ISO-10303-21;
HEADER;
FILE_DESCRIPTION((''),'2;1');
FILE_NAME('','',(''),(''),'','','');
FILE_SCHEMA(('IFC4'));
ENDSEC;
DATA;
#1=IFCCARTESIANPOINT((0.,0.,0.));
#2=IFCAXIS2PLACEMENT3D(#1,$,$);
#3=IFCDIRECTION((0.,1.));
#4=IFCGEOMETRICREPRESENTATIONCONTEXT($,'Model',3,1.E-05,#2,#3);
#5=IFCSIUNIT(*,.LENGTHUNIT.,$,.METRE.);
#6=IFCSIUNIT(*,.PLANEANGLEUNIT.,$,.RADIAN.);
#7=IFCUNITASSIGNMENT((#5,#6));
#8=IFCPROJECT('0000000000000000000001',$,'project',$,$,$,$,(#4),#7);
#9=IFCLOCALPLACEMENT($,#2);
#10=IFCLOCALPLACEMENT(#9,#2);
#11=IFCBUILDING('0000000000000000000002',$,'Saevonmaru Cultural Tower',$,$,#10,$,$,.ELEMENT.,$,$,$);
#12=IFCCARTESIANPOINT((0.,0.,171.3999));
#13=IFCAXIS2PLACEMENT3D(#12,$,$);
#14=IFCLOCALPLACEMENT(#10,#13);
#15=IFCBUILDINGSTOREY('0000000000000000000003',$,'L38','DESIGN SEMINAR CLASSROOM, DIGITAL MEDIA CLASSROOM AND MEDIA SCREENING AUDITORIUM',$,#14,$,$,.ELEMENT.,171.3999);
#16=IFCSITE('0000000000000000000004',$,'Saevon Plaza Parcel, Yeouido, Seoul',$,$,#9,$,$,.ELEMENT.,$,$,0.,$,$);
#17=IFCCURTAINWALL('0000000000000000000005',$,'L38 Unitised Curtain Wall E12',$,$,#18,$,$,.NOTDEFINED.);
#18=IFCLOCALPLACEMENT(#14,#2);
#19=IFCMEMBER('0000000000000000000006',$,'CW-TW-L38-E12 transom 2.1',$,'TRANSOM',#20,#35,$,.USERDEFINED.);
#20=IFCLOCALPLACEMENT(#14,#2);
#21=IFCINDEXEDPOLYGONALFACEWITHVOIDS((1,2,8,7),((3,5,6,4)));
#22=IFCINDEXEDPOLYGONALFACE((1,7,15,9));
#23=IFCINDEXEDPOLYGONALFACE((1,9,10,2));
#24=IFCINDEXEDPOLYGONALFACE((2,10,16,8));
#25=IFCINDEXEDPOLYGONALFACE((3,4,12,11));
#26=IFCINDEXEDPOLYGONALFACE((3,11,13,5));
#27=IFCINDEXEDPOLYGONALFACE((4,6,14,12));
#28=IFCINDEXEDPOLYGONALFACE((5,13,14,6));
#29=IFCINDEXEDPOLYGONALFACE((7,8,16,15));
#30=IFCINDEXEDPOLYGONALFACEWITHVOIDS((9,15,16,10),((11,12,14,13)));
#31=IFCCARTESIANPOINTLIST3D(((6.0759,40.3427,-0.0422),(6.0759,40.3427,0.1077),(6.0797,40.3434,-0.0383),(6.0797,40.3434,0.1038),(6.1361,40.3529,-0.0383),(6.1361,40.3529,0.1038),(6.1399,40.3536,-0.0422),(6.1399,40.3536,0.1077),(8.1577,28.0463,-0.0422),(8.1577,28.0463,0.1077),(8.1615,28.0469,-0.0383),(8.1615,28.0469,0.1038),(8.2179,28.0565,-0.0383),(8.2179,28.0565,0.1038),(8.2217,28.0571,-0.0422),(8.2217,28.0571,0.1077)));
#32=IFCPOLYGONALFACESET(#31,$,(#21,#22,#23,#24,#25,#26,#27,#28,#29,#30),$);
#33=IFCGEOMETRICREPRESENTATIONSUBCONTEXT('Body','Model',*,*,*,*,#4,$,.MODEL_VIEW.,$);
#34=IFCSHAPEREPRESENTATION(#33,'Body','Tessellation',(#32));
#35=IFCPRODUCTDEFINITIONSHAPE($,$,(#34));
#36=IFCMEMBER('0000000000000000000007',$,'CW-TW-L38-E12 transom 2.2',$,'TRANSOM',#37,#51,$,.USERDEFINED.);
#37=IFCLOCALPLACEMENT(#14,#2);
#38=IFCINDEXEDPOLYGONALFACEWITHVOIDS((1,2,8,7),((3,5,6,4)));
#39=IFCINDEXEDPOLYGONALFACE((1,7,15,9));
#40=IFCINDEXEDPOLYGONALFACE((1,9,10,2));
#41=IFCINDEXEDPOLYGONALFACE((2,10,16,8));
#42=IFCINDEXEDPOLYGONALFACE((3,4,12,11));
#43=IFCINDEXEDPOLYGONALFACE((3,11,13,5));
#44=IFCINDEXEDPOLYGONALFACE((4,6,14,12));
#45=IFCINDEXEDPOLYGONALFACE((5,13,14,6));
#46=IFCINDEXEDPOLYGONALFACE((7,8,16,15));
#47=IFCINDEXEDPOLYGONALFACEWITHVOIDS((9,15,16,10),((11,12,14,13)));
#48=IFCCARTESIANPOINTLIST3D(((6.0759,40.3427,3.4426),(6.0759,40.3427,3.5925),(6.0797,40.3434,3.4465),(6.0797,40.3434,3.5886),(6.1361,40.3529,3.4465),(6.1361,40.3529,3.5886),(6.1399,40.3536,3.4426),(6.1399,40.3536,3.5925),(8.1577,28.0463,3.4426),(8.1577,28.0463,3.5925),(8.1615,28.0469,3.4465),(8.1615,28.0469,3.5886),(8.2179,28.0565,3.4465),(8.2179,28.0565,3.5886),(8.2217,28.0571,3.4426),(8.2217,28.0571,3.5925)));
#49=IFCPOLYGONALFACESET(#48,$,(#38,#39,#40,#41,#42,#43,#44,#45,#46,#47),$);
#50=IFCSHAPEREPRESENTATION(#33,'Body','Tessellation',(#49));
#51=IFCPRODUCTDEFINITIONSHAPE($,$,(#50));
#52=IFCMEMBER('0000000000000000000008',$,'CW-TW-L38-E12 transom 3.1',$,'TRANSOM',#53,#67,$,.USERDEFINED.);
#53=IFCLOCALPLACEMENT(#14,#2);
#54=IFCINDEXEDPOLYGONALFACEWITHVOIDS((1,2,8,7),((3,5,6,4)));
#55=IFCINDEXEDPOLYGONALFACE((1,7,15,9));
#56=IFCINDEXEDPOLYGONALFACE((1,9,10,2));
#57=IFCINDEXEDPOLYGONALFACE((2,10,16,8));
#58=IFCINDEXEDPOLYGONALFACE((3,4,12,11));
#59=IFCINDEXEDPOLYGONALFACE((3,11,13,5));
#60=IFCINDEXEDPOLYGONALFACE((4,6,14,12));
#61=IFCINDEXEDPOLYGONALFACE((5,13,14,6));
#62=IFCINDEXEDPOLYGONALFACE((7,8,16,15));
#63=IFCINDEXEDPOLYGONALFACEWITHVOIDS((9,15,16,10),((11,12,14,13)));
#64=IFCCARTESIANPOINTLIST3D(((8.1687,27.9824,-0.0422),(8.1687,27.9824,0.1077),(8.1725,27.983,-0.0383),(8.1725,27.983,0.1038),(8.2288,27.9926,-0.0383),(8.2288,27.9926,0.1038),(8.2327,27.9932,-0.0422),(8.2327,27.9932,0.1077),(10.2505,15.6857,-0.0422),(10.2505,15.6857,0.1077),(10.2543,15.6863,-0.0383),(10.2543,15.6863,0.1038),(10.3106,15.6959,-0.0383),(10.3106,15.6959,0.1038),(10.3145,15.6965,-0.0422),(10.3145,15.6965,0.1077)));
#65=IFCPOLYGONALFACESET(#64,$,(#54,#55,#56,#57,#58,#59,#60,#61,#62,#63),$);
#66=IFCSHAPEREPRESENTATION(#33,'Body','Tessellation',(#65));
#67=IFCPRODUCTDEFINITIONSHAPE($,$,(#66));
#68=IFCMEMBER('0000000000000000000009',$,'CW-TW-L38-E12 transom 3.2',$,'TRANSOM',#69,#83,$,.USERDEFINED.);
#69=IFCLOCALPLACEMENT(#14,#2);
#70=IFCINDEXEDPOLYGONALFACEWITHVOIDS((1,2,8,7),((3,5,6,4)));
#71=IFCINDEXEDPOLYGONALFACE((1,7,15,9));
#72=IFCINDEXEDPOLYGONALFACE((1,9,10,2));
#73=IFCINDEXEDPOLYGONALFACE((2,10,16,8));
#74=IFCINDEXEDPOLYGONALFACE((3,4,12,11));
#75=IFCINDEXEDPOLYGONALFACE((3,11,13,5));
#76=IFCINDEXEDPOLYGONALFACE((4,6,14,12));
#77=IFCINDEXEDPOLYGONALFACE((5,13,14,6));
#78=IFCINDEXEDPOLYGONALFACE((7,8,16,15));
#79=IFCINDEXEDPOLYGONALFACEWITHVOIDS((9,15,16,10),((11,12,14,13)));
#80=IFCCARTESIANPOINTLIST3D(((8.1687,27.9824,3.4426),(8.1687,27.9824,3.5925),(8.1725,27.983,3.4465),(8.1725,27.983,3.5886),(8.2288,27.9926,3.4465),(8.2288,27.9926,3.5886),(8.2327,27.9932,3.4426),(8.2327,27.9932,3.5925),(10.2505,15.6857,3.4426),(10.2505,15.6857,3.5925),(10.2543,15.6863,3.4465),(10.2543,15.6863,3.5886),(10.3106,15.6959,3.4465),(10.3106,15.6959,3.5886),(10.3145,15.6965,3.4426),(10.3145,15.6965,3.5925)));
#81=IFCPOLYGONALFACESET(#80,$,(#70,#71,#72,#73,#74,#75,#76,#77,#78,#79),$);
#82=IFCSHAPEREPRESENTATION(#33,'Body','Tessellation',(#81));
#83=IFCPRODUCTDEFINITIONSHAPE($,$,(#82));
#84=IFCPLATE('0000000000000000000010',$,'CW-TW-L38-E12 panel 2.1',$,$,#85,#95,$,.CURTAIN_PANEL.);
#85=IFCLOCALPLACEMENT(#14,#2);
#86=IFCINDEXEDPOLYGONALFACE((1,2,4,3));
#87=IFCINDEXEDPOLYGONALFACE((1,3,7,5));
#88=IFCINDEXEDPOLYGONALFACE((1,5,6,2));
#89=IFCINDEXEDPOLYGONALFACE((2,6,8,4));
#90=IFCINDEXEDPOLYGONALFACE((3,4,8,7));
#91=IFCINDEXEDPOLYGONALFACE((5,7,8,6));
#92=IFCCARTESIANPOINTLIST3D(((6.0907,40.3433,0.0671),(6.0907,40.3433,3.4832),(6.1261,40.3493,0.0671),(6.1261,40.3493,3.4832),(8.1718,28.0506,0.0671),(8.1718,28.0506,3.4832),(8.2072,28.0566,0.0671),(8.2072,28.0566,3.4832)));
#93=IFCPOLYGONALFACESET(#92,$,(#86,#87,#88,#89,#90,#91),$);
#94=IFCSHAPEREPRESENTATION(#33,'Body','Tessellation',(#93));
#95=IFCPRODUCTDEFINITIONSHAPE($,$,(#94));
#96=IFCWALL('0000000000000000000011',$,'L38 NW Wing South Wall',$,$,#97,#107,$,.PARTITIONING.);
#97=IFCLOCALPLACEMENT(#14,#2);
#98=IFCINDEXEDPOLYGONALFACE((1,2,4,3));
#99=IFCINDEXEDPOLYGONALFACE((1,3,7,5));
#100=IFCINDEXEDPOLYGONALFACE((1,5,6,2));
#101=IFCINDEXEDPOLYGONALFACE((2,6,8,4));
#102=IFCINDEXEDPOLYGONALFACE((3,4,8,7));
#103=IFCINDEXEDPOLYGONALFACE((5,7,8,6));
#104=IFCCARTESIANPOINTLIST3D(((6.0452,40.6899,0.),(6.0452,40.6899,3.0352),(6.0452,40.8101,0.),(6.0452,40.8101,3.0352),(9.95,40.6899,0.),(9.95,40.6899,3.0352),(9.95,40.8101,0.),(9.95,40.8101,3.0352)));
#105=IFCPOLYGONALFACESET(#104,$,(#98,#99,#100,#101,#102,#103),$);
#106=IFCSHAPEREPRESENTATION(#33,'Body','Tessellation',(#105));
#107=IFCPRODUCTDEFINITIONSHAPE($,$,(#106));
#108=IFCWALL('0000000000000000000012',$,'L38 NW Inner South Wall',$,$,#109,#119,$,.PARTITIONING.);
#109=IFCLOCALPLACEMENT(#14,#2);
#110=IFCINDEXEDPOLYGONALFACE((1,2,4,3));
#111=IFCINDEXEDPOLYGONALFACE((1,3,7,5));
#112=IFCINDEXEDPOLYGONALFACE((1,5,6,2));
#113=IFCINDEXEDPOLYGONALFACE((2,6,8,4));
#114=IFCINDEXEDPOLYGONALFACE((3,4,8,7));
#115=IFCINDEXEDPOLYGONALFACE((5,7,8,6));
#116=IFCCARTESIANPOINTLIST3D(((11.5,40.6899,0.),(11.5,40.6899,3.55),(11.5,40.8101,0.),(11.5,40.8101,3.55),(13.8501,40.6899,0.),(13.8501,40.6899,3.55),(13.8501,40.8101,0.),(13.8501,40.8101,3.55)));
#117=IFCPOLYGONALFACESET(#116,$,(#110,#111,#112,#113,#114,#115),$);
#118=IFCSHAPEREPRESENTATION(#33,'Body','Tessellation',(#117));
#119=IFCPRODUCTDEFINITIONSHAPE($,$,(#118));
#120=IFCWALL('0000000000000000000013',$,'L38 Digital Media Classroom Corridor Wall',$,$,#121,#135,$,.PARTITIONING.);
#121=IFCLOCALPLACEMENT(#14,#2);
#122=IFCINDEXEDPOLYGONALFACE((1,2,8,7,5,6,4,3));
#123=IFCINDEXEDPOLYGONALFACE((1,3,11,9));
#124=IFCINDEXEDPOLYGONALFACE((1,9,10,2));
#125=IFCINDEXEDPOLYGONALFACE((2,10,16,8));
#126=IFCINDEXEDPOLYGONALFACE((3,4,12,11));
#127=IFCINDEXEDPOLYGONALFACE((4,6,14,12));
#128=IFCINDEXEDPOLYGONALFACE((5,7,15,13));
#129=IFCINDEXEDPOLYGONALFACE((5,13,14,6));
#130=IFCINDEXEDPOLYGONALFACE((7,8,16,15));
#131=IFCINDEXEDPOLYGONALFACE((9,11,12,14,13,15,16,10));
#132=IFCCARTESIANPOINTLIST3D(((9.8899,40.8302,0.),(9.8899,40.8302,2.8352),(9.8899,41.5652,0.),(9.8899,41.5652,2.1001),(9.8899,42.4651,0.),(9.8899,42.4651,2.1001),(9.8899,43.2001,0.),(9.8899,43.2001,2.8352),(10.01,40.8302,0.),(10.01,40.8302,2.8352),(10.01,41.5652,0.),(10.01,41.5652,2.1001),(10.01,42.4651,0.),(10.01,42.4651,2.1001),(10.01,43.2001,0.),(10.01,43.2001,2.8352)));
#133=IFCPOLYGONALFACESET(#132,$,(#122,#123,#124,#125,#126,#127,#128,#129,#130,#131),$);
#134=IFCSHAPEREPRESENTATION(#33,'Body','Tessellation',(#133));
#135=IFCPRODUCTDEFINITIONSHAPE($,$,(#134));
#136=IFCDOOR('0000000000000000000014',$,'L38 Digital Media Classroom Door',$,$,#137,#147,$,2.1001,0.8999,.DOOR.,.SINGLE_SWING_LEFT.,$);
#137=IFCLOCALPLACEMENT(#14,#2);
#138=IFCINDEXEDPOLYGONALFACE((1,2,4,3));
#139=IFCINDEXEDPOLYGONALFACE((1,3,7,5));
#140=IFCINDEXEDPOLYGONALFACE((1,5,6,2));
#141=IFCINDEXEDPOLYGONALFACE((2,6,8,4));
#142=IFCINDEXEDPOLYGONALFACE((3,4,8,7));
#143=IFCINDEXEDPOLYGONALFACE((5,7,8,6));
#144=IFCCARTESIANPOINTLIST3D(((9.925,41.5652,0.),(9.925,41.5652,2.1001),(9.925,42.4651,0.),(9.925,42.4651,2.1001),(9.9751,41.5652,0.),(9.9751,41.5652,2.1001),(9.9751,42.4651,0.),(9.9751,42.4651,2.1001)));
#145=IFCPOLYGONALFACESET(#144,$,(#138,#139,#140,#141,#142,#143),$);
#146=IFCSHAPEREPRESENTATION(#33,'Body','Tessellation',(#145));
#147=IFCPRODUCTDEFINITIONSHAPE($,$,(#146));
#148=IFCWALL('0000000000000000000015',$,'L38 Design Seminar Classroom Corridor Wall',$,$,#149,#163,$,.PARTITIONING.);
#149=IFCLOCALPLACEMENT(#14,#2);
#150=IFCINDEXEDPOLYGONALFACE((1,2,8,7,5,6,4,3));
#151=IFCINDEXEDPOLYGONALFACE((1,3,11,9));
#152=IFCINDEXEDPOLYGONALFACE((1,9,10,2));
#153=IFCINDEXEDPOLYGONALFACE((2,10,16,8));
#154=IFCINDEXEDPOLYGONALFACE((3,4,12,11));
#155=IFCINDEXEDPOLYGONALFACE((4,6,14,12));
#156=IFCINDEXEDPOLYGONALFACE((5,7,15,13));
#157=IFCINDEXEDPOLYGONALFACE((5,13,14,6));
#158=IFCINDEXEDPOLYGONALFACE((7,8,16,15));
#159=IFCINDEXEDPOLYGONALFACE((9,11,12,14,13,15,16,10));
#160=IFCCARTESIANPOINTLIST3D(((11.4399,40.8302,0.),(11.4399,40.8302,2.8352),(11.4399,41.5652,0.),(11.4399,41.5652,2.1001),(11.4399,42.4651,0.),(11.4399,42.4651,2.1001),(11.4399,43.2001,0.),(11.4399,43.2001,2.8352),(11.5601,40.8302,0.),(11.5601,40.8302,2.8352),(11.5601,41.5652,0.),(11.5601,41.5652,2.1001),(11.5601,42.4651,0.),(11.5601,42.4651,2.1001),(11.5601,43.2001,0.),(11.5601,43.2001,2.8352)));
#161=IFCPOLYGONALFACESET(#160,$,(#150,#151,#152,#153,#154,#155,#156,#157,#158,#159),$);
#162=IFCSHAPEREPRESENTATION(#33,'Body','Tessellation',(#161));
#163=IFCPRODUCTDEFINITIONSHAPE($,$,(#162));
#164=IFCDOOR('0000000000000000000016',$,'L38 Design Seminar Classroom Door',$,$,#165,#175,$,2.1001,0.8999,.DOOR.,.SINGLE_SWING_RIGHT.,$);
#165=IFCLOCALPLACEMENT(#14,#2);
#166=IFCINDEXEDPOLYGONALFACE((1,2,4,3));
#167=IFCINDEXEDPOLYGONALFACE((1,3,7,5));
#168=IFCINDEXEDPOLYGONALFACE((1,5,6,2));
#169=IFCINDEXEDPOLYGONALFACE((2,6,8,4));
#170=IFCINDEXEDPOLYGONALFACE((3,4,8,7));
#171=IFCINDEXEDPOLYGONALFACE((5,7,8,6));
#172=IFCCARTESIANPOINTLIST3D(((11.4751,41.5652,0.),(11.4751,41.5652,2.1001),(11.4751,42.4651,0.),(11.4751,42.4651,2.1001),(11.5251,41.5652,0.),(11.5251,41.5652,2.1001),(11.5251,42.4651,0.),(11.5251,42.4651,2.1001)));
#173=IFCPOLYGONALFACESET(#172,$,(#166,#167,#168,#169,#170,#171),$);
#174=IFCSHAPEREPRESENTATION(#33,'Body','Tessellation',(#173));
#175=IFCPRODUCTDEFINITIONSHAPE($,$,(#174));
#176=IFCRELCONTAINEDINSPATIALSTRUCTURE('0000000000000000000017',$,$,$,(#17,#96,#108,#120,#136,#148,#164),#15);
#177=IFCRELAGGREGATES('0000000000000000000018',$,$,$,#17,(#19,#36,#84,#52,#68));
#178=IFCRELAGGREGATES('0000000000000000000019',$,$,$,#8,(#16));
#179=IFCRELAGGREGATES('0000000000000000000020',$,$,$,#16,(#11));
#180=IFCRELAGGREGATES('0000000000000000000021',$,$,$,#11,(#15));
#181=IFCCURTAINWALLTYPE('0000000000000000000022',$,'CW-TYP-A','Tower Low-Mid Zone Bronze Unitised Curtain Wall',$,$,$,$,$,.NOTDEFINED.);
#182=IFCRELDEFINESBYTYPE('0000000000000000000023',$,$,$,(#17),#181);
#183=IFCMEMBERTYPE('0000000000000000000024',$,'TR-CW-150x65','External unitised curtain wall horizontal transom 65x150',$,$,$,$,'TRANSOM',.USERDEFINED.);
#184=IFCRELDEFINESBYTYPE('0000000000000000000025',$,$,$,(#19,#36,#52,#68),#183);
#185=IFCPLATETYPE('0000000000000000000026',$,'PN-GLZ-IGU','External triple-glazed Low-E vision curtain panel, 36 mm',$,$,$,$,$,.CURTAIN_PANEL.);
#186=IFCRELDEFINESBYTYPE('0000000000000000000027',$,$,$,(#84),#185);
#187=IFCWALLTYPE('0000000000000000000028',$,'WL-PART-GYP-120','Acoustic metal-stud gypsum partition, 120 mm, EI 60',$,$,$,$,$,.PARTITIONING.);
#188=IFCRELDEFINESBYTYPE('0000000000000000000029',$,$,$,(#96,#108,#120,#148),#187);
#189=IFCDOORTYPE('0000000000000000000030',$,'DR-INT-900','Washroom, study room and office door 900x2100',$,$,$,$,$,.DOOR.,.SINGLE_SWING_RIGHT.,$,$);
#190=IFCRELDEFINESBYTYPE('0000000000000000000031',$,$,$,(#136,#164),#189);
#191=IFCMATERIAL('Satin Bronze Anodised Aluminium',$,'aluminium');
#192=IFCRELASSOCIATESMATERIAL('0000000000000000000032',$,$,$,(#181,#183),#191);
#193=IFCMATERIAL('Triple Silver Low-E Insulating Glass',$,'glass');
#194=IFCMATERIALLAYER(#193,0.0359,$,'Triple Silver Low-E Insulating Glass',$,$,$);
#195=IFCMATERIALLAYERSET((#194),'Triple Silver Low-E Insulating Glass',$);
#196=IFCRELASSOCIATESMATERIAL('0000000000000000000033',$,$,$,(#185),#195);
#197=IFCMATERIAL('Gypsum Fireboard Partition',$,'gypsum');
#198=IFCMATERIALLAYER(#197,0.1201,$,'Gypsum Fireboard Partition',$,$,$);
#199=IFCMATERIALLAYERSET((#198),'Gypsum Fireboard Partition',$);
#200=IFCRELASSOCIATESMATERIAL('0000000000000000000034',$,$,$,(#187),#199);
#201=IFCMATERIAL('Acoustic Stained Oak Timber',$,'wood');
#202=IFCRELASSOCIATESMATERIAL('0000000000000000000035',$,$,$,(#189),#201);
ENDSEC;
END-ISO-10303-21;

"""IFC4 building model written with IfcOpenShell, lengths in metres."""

from ifc_helpers import new_model, si_unit, direction, frame, frame_2d, origin, origin_2d, place, context, subcontext, project, spatial, rectangle, hollow_rectangle, extrude, material, layer, layer_set, material_profile, profile_set, type_object, element, fill, aggregate, save


model = new_model("IFC4")

# Units and contexts
model_context = context("Model", 3, precision=1e-05, world=origin(), true_north=direction((0.0, 1.0)))
body_context = subcontext(model_context, "Body", "Model", "MODEL_VIEW")
ifc_project = project(units=[si_unit("LENGTHUNIT", "METRE"), si_unit("PLANEANGLEUNIT", "RADIAN")], contexts=[model_context])

# Site, building, storey
site_placement = place(None, origin())
site = spatial("IfcSite", under=ifc_project, at=site_placement, Name="Saevon Plaza Parcel, Yeouido, Seoul", CompositionType="ELEMENT", RefElevation=0.0)
building_placement = place(site_placement, origin())
building = spatial("IfcBuilding", under=site, at=building_placement, Name="Saevonmaru Cultural Tower", CompositionType="ELEMENT")
storey_placement = place(building_placement, frame((0.0, 0.0, 171.3999)))
storey = spatial("IfcBuildingStorey", under=building, at=storey_placement, Name="L38", Description="DESIGN SEMINAR CLASSROOM, DIGITAL MEDIA CLASSROOM AND MEDIA SCREENING AUDITORIUM", CompositionType="ELEMENT", Elevation=171.3999)

# Curtain wall, members, plate
ifc_material_1 = material(Name="Satin Bronze Anodised Aluminium", Category="aluminium")
curtain_wall_type = type_object("IfcCurtainWallType", Name="CW-TYP-A", Description="Tower Low-Mid Zone Bronze Unitised Curtain Wall", PredefinedType="NOTDEFINED", material=ifc_material_1)
curtain_wall_placement = place(storey_placement, origin())
curtain_wall = element("IfcCurtainWall", 1, at=curtain_wall_placement, inside=storey, type_object=curtain_wall_type, Name="L38 Unitised Curtain Wall E12", PredefinedType="NOTDEFINED")
ifc_material_profile_1 = material_profile(ifc_material_1, hollow_rectangle(XDim=0.0649, YDim=0.1499, WallThickness=0.0039, at=origin_2d()), Name="ALU-TRAN-150x65x4")
ifc_profile_set_1 = profile_set([ifc_material_profile_1], Name="Satin Bronze Anodised Aluminium")
member_type_1 = type_object("IfcMemberType", Name="TR-CW-150x65", Description="External unitised curtain wall horizontal transom 65x150", ElementType="TRANSOM", PredefinedType="USERDEFINED", material=ifc_profile_set_1)
member_1_placement = place(storey_placement, frame((6.1079, 40.3481, 0.0327), z_axis=(0.166925, -0.98597, 0.0), x_axis=(0.98597, 0.166925, 0.0)))
member_1 = element("IfcMember", 2, at=member_1_placement, type_object=member_type_1, Name="CW-TW-L38-E12 transom 2.1", ObjectType="TRANSOM", PredefinedType="USERDEFINED", context=body_context, shape_type="SweptSolid", body=[
    extrude(hollow_rectangle(XDim=0.0649, YDim=0.1499, WallThickness=0.0039, at=origin_2d()), origin(), (0.0, 0.0, 1.0), 12.4714),
])
member_2_placement = place(storey_placement, frame((6.1079, 40.3481, 3.5176), z_axis=(0.166925, -0.98597, 0.0), x_axis=(0.98597, 0.166925, 0.0)))
member_2 = element("IfcMember", 3, at=member_2_placement, type_object=member_type_1, Name="CW-TW-L38-E12 transom 2.2", ObjectType="TRANSOM", PredefinedType="USERDEFINED", context=body_context, shape_type="SweptSolid", body=[
    extrude(hollow_rectangle(XDim=0.0649, YDim=0.1499, WallThickness=0.0039, at=origin_2d()), origin(), (0.0, 0.0, 1.0), 12.4714),
])
member_3_placement = place(storey_placement, frame((8.2007, 27.9878, 0.0327), z_axis=(0.166922, -0.98597, 0.0), x_axis=(0.98597, 0.166922, 0.0)))
member_3 = element("IfcMember", 4, at=member_3_placement, type_object=member_type_1, Name="CW-TW-L38-E12 transom 3.1", ObjectType="TRANSOM", PredefinedType="USERDEFINED", context=body_context, shape_type="SweptSolid", body=[
    extrude(hollow_rectangle(XDim=0.0649, YDim=0.1499, WallThickness=0.0039, at=origin_2d()), origin(), (0.0, 0.0, 1.0), 12.4717),
])
member_4_placement = place(storey_placement, frame((8.2007, 27.9878, 3.5176), z_axis=(0.166922, -0.98597, 0.0), x_axis=(0.98597, 0.166922, 0.0)))
member_4 = element("IfcMember", 5, at=member_4_placement, type_object=member_type_1, Name="CW-TW-L38-E12 transom 3.2", ObjectType="TRANSOM", PredefinedType="USERDEFINED", context=body_context, shape_type="SweptSolid", body=[
    extrude(hollow_rectangle(XDim=0.0649, YDim=0.1499, WallThickness=0.0039, at=origin_2d()), origin(), (0.0, 0.0, 1.0), 12.4717),
])
ifc_material_2 = material(Name="Triple Silver Low-E Insulating Glass", Category="glass")
ifc_layer_1 = layer(ifc_material_2, 0.0359, Name="Triple Silver Low-E Insulating Glass")
ifc_layer_set_1 = layer_set([ifc_layer_1], Name="Triple Silver Low-E Insulating Glass")
plate_type = type_object("IfcPlateType", Name="PN-GLZ-IGU", Description="External triple-glazed Low-E vision curtain panel, 36 mm", PredefinedType="CURTAIN_PANEL", material=ifc_layer_set_1)
plate_placement = place(storey_placement, frame((7.1489, 34.2, 0.0671), z_axis=(0.0, 0.0, 1.0), x_axis=(0.166922, -0.98597, 0.0)))
plate = element("IfcPlate", 6, at=plate_placement, type_object=plate_type, Name="CW-TW-L38-E12 panel 2.1", PredefinedType="CURTAIN_PANEL", context=body_context, shape_type="SweptSolid", body=[
    extrude(rectangle(XDim=12.4675, YDim=0.0359, at=origin_2d()), origin(), (0.0, 0.0, 1.0), 3.416),
])
aggregate(curtain_wall, [member_1, member_2, plate, member_3, member_4])

# Walls
ifc_material_3 = material(Name="Gypsum Fireboard Partition", Category="gypsum")
ifc_layer_2 = layer(ifc_material_3, 0.1201, Name="Gypsum Fireboard Partition")
ifc_layer_set_2 = layer_set([ifc_layer_2], Name="Gypsum Fireboard Partition")
wall_type = type_object("IfcWallType", Name="WL-PART-GYP-120", Description="Acoustic metal-stud gypsum partition, 120 mm, EI 60", PredefinedType="PARTITIONING", material=ifc_layer_set_2)
wall_1_placement = place(storey_placement, frame((6.0452, 40.75, 0.0), z_axis=(0.0, 0.0, 1.0), x_axis=(1.0, 0.0, 0.0)))
element("IfcWall", 7, at=wall_1_placement, inside=storey, type_object=wall_type, Name="L38 NW Wing South Wall", PredefinedType="PARTITIONING", context=body_context, shape_type="SweptSolid", body=[
    extrude(rectangle(XDim=3.9048, YDim=0.1201, at=frame_2d((1.9524, 0.0))), origin(), (0.0, 0.0, 1.0), 3.0352),
])
wall_2_placement = place(storey_placement, frame((11.5, 40.75, 0.0), z_axis=(0.0, 0.0, 1.0), x_axis=(1.0, 0.0, 0.0)))
element("IfcWall", 8, at=wall_2_placement, inside=storey, type_object=wall_type, Name="L38 NW Inner South Wall", PredefinedType="PARTITIONING", context=body_context, shape_type="SweptSolid", body=[
    extrude(rectangle(XDim=2.3501, YDim=0.1201, at=frame_2d((1.175, 0.0))), origin(), (0.0, 0.0, 1.0), 3.55),
])

# Walls, openings, doors
wall_3_placement = place(storey_placement, frame((9.95, 40.8301, 0.0), z_axis=(0.0, 0.0, 1.0), x_axis=(0.0, 1.0, 0.0)))
wall_3 = element("IfcWall", 9, at=wall_3_placement, inside=storey, type_object=wall_type, Name="L38 Digital Media Classroom Corridor Wall", PredefinedType="PARTITIONING", context=body_context, shape_type="SweptSolid", body=[
    extrude(rectangle(XDim=2.3699, YDim=0.1201, at=frame_2d((1.1851, 0.0))), origin(), (0.0, 0.0, 1.0), 2.8352),
])
opening_1_placement = place(wall_3_placement, frame((0.7351, 0.0, 0.0)))
opening_1 = element("IfcOpeningElement", 10, at=opening_1_placement, cuts=wall_3, PredefinedType="OPENING", context=body_context, shape_type="SweptSolid", body=[
    extrude(rectangle(XDim=0.8999, YDim=2.1001, at=frame_2d((0.45, 1.05))), frame((0.0, 0.0701, 0.0), z_axis=(0.0, -1.0, 0.0), x_axis=(1.0, 0.0, 0.0)), (0.0, 0.0, 1.0), 0.1401),
])
ifc_material_4 = material(Name="Acoustic Stained Oak Timber", Category="wood")
door_type = type_object("IfcDoorType", Name="DR-INT-900", Description="Washroom, study room and office door 900x2100", OperationType="SINGLE_SWING_RIGHT", PredefinedType="DOOR", material=ifc_material_4)
door_1_placement = place(opening_1_placement, origin())
door_1 = element("IfcDoor", 11, at=door_1_placement, inside=storey, type_object=door_type, Name="L38 Digital Media Classroom Door", OperationType="SINGLE_SWING_LEFT", OverallHeight=2.1001, OverallWidth=0.8999, PredefinedType="DOOR", context=body_context, shape_type="SweptSolid", body=[
    extrude(rectangle(XDim=0.8999, YDim=2.1001, at=frame_2d((0.45, 1.05))), frame((0.0, 0.0249, 0.0), z_axis=(0.0, -1.0, 0.0), x_axis=(1.0, 0.0, 0.0)), (0.0, 0.0, 1.0), 0.05),
])
fill(opening_1, door_1)
wall_4_placement = place(storey_placement, frame((11.5, 40.8301, 0.0), z_axis=(0.0, 0.0, 1.0), x_axis=(0.0, 1.0, 0.0)))
wall_4 = element("IfcWall", 12, at=wall_4_placement, inside=storey, type_object=wall_type, Name="L38 Design Seminar Classroom Corridor Wall", PredefinedType="PARTITIONING", context=body_context, shape_type="SweptSolid", body=[
    extrude(rectangle(XDim=2.3699, YDim=0.1201, at=frame_2d((1.1851, 0.0))), origin(), (0.0, 0.0, 1.0), 2.8352),
])
opening_2_placement = place(wall_4_placement, frame((0.7351, 0.0, 0.0)))
opening_2 = element("IfcOpeningElement", 13, at=opening_2_placement, cuts=wall_4, PredefinedType="OPENING", context=body_context, shape_type="SweptSolid", body=[
    extrude(rectangle(XDim=0.8999, YDim=2.1001, at=frame_2d((0.45, 1.05))), frame((0.0, 0.0701, 0.0), z_axis=(0.0, -1.0, 0.0), x_axis=(1.0, 0.0, 0.0)), (0.0, 0.0, 1.0), 0.1401),
])
door_2_placement = place(opening_2_placement, origin())
door_2 = element("IfcDoor", 14, at=door_2_placement, inside=storey, type_object=door_type, Name="L38 Design Seminar Classroom Door", OperationType="SINGLE_SWING_RIGHT", OverallHeight=2.1001, OverallWidth=0.8999, PredefinedType="DOOR", context=body_context, shape_type="SweptSolid", body=[
    extrude(rectangle(XDim=0.8999, YDim=2.1001, at=frame_2d((0.45, 1.05))), frame((0.0, 0.0249, 0.0), z_axis=(0.0, -1.0, 0.0), x_axis=(1.0, 0.0, 0.0)), (0.0, 0.0, 1.0), 0.05),
])
fill(opening_2, door_2)

save(model, "model.ifc")
